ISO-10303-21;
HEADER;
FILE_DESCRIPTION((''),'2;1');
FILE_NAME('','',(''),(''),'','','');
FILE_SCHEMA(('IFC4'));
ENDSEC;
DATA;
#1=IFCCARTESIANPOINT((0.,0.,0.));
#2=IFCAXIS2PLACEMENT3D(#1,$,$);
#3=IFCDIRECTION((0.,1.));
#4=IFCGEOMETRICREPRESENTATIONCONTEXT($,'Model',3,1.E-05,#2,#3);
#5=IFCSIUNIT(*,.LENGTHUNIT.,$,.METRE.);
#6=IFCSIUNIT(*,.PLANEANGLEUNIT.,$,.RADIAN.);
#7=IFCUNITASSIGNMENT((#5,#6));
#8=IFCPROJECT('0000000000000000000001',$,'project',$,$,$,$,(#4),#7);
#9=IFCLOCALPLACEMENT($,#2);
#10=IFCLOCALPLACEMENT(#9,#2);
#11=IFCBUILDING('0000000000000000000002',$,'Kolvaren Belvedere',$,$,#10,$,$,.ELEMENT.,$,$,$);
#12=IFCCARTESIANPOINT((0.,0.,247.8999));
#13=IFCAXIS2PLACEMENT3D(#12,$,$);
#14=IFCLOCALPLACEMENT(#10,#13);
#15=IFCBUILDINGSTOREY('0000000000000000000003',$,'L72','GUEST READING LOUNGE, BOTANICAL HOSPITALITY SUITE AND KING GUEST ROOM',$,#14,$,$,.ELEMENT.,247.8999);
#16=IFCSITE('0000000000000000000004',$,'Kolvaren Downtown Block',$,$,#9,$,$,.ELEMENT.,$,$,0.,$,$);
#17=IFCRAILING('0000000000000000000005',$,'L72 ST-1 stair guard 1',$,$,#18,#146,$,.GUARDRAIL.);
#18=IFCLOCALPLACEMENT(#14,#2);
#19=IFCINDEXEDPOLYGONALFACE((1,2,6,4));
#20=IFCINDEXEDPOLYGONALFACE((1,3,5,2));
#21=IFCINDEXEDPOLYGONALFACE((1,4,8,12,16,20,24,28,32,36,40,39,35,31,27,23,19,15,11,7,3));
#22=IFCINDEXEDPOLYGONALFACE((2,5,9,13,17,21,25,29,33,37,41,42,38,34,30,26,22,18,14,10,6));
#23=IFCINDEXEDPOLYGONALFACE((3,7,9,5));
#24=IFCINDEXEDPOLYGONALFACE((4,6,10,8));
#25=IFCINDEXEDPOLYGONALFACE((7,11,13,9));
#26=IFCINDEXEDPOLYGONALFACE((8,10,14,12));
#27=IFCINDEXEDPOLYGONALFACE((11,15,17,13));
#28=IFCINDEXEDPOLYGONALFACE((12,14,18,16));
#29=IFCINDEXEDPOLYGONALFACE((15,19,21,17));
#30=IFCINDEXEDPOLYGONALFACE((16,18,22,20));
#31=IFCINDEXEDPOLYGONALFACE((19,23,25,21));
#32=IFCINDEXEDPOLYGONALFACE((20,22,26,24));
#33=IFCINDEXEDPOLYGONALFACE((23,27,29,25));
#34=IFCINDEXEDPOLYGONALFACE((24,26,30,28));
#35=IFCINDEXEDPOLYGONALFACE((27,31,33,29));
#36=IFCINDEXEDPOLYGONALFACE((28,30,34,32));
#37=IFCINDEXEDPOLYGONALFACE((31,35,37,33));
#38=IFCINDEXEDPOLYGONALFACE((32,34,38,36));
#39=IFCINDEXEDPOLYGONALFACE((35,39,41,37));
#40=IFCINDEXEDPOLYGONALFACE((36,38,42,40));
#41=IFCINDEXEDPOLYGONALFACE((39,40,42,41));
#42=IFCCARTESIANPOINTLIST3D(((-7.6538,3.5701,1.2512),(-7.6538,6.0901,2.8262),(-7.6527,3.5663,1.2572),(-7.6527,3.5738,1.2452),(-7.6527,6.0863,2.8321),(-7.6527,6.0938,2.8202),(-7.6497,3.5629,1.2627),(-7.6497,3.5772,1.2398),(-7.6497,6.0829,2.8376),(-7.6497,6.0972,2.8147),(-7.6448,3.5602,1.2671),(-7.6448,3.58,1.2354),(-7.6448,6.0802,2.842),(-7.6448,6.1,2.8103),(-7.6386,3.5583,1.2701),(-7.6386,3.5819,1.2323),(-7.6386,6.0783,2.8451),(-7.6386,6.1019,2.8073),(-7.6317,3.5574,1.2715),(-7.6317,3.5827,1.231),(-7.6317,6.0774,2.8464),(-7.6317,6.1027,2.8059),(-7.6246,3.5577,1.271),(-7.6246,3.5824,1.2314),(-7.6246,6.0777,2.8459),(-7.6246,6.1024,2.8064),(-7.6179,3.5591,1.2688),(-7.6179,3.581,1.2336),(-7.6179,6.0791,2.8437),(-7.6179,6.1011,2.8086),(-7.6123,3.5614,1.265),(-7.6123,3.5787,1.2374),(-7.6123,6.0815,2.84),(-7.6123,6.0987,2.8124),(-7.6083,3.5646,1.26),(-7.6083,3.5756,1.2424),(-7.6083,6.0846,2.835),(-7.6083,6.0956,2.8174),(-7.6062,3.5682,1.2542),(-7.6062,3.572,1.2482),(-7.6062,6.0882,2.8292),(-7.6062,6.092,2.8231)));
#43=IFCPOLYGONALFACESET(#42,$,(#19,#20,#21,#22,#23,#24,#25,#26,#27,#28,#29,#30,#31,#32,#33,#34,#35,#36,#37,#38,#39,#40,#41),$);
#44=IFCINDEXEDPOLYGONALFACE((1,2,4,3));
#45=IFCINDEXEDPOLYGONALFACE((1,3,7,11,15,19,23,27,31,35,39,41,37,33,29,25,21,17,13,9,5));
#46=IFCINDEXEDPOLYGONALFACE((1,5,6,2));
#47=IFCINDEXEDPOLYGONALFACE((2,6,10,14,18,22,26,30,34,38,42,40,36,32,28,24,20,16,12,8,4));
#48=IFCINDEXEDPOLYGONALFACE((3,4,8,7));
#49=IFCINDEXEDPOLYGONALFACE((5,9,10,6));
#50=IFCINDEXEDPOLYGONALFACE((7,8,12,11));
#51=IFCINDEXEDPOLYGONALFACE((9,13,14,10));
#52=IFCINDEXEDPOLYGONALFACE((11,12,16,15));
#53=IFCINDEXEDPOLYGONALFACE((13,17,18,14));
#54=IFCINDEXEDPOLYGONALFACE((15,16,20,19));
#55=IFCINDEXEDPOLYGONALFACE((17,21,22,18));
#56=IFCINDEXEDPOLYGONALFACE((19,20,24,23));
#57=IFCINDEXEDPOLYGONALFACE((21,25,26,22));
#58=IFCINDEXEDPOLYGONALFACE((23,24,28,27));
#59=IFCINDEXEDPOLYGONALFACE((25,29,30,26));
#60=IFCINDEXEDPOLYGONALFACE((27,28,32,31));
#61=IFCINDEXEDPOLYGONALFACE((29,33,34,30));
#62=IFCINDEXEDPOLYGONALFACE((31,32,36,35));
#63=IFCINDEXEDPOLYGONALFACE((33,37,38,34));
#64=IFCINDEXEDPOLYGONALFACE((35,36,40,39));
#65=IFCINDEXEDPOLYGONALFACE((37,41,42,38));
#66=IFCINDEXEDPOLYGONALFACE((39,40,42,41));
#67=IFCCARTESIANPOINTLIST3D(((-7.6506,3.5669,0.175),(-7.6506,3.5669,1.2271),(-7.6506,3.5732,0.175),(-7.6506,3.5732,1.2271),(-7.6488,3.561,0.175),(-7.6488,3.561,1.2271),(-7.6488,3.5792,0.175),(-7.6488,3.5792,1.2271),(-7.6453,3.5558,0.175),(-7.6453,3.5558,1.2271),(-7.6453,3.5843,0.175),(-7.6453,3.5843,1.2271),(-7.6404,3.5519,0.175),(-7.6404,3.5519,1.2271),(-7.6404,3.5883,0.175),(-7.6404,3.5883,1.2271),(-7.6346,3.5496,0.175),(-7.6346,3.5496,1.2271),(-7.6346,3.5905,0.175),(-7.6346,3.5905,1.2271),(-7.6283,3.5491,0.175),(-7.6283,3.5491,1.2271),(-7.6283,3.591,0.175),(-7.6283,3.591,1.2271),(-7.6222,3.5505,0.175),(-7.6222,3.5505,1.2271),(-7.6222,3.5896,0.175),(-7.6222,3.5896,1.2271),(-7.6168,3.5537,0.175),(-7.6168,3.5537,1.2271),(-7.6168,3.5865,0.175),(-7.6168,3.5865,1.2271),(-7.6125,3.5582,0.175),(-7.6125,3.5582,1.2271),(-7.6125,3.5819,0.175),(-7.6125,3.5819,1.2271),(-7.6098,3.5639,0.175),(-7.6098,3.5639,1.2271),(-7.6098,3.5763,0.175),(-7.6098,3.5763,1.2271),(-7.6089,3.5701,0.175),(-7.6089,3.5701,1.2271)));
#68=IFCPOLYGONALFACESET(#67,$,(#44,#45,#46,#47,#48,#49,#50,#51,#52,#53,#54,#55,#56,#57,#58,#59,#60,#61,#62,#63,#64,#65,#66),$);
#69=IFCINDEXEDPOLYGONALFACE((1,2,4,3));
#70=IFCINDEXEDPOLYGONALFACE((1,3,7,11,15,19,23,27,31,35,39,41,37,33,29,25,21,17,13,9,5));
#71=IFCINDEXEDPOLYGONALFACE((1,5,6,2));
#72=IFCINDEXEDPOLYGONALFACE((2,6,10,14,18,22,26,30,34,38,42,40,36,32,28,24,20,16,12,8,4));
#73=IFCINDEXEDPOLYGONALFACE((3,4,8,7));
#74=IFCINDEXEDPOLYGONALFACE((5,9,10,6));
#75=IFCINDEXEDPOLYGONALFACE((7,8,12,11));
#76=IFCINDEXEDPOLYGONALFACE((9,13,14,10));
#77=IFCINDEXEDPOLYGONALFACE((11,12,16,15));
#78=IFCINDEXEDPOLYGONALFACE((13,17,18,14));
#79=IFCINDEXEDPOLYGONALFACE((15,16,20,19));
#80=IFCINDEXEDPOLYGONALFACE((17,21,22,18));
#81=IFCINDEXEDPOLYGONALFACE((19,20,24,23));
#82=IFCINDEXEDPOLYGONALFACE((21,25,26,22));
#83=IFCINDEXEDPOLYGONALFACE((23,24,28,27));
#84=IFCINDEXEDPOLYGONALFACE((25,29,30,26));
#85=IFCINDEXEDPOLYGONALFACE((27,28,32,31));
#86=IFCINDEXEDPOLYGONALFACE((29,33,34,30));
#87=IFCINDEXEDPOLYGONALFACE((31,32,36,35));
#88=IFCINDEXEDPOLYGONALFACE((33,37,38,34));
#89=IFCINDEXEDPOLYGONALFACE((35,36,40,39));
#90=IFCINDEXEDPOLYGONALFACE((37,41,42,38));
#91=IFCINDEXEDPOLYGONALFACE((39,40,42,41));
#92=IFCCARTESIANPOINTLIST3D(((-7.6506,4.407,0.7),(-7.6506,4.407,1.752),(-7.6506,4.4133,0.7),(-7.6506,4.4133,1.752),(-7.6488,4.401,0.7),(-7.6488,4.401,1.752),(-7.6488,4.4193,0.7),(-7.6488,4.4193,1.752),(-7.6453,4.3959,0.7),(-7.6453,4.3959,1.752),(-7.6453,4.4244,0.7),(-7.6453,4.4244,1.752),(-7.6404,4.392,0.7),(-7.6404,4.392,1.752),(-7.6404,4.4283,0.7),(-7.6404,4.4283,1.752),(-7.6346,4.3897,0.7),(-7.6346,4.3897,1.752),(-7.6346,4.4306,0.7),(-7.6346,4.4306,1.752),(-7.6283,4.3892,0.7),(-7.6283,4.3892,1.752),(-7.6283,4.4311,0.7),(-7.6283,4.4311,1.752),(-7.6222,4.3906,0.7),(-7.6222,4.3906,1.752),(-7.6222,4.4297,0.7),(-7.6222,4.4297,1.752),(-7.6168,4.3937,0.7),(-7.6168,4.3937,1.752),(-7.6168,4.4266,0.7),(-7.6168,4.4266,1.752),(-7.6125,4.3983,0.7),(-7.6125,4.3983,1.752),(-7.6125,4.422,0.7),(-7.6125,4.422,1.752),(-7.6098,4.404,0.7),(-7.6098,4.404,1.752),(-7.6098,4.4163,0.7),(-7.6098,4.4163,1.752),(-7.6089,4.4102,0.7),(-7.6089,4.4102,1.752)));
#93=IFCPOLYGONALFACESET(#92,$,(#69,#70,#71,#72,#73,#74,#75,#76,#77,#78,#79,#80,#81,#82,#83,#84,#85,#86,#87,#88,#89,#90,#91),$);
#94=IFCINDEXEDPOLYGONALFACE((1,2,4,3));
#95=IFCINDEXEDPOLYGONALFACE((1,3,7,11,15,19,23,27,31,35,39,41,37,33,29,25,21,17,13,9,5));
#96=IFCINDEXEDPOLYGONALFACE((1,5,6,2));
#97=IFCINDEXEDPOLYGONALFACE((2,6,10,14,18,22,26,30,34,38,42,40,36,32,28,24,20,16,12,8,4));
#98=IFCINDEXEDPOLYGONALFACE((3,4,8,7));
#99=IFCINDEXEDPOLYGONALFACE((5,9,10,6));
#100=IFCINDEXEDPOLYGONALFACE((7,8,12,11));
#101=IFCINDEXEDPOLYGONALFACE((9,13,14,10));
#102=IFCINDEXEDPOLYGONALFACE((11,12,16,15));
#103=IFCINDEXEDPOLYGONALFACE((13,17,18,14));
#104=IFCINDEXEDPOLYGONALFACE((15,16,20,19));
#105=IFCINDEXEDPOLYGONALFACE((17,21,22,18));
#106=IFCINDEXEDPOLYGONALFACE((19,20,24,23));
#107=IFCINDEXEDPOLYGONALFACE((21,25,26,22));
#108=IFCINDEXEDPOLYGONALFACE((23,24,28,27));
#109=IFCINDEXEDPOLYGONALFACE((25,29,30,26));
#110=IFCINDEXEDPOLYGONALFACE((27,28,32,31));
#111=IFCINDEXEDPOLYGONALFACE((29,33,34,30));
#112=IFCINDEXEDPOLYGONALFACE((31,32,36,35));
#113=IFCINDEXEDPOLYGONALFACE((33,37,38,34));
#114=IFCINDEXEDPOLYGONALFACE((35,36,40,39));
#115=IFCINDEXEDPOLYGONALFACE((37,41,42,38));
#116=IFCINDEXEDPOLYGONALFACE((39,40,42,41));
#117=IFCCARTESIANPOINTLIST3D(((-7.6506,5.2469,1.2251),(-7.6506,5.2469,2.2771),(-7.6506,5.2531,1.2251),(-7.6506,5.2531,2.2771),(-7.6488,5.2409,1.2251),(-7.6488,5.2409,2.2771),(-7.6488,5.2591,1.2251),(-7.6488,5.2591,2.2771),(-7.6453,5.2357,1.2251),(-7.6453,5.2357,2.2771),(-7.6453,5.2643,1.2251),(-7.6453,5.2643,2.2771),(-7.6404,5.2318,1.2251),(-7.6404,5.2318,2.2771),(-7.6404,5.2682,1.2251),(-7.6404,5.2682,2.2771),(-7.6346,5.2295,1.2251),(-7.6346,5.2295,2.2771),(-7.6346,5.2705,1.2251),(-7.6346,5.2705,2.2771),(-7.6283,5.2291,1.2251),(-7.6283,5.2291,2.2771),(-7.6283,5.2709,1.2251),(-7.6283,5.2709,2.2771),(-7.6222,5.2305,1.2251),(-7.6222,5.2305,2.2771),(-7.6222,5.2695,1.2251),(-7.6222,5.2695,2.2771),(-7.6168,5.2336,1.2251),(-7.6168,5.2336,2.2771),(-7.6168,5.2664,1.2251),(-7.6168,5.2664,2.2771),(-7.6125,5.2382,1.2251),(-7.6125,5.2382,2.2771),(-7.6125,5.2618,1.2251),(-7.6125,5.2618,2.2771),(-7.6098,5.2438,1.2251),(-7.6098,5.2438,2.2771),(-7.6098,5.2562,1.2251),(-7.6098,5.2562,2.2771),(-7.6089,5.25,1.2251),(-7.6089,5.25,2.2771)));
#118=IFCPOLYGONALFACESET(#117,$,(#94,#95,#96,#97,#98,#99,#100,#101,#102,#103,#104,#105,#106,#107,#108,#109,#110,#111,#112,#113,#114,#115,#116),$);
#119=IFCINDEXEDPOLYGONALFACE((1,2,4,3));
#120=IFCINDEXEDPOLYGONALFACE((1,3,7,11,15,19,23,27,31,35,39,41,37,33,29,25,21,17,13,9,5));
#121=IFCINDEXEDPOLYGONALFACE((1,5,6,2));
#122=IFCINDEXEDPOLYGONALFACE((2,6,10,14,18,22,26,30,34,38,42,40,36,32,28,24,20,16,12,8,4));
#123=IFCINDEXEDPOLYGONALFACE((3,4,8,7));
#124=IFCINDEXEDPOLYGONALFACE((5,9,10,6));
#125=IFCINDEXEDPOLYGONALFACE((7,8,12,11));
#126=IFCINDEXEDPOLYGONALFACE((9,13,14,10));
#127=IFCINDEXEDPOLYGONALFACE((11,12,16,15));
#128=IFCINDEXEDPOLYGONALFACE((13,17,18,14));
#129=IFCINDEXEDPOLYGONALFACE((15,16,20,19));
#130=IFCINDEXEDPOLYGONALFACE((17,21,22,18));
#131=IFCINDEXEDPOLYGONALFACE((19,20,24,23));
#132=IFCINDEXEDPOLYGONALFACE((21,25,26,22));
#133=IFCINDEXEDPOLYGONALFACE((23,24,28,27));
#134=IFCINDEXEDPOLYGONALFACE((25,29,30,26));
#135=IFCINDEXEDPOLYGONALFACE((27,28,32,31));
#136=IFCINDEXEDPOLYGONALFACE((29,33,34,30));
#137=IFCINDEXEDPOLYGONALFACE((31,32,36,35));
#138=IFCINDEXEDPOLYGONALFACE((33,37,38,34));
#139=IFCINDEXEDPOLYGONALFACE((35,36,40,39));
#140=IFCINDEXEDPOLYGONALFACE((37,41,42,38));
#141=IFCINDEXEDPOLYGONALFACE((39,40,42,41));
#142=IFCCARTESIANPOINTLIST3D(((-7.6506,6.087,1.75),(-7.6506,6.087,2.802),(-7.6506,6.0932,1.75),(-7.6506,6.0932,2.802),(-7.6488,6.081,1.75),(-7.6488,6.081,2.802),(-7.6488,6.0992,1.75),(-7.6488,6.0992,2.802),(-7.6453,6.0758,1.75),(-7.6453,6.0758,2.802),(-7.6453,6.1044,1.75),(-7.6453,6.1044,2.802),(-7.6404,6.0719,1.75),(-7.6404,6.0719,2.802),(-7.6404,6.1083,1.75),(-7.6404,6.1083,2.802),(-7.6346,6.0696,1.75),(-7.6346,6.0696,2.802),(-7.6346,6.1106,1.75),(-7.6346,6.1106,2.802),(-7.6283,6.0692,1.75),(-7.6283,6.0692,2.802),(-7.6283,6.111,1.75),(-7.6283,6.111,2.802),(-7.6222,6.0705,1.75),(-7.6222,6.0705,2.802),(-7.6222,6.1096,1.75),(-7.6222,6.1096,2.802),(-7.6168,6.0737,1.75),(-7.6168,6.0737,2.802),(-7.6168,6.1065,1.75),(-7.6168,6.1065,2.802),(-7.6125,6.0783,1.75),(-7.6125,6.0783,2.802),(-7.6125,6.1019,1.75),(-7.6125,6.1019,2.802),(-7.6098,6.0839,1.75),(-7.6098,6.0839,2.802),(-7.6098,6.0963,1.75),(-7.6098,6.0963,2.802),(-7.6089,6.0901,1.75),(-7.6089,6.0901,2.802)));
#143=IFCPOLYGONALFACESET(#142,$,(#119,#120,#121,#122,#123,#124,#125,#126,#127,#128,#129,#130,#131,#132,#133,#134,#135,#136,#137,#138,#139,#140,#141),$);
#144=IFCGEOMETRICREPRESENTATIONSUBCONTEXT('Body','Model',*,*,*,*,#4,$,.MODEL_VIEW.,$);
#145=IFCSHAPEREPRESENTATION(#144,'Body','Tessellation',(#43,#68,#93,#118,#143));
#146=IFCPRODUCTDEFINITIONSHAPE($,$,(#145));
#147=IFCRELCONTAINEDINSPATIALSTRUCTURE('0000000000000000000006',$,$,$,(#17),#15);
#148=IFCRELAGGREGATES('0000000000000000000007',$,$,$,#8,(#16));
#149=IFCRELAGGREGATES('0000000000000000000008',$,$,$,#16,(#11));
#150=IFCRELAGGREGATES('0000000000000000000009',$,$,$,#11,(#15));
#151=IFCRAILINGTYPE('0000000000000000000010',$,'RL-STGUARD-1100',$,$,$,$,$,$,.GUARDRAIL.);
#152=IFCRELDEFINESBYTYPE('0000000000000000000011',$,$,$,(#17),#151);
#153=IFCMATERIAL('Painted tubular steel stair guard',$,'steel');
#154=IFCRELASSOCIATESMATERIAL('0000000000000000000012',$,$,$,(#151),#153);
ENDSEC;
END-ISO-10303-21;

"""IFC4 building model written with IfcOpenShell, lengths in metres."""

from ifc_helpers import new_model, si_unit, direction, frame, origin, origin_2d, place, context, subcontext, project, spatial, circle, extrude, material, type_object, element, save


model = new_model("IFC4")

# Units and contexts
model_context = context("Model", 3, precision=1e-05, world=origin(), true_north=direction((0.0, 1.0)))
body_context = subcontext(model_context, "Body", "Model", "MODEL_VIEW")
ifc_project = project(units=[si_unit("LENGTHUNIT", "METRE"), si_unit("PLANEANGLEUNIT", "RADIAN")], contexts=[model_context])

# Site, building, storey
site_placement = place(None, origin())
site = spatial("IfcSite", under=ifc_project, at=site_placement, Name="Kolvaren Downtown Block", CompositionType="ELEMENT", RefElevation=0.0)
building_placement = place(site_placement, origin())
building = spatial("IfcBuilding", under=site, at=building_placement, Name="Kolvaren Belvedere", CompositionType="ELEMENT")
storey_placement = place(building_placement, frame((0.0, 0.0, 247.8999)))
storey = spatial("IfcBuildingStorey", under=building, at=storey_placement, Name="L72", Description="GUEST READING LOUNGE, BOTANICAL HOSPITALITY SUITE AND KING GUEST ROOM", CompositionType="ELEMENT", Elevation=247.8999)

# Railing
ifc_material_1 = material(Name="Painted tubular steel stair guard", Category="steel")
railing_type_1 = type_object("IfcRailingType", Name="RL-STGUARD-1100", PredefinedType="GUARDRAIL", material=ifc_material_1)
railing_1_placement = place(storey_placement, frame((-7.6299, 3.5701, 0.175)))
element("IfcRailing", 1, at=railing_1_placement, inside=storey, type_object=railing_type_1, Name="L72 ST-1 stair guard 1", PredefinedType="GUARDRAIL", context=body_context, shape_type="SweptSolid", body=[
    extrude(circle(Radius=0.0239, at=origin_2d()), frame((0.0, 0.0, 1.0762), z_axis=(0.0, 0.848008, 0.529984), x_axis=(-1.0, 0.0, 0.0)), (0.0, 0.0, 1.0), 2.9717),
    extrude(circle(Radius=0.021, at=origin_2d()), origin(), (0.0, 0.0, 1.0), 1.052),
    extrude(circle(Radius=0.021, at=origin_2d()), frame((0.0, 0.8401, 0.5249)), (0.0, 0.0, 1.0), 1.052),
    extrude(circle(Radius=0.021, at=origin_2d()), frame((0.0, 1.6799, 1.05)), (0.0, 0.0, 1.0), 1.052),
    extrude(circle(Radius=0.021, at=origin_2d()), frame((0.0, 2.52, 1.575)), (0.0, 0.0, 1.0), 1.052),
])

save(model, "model.ifc")
